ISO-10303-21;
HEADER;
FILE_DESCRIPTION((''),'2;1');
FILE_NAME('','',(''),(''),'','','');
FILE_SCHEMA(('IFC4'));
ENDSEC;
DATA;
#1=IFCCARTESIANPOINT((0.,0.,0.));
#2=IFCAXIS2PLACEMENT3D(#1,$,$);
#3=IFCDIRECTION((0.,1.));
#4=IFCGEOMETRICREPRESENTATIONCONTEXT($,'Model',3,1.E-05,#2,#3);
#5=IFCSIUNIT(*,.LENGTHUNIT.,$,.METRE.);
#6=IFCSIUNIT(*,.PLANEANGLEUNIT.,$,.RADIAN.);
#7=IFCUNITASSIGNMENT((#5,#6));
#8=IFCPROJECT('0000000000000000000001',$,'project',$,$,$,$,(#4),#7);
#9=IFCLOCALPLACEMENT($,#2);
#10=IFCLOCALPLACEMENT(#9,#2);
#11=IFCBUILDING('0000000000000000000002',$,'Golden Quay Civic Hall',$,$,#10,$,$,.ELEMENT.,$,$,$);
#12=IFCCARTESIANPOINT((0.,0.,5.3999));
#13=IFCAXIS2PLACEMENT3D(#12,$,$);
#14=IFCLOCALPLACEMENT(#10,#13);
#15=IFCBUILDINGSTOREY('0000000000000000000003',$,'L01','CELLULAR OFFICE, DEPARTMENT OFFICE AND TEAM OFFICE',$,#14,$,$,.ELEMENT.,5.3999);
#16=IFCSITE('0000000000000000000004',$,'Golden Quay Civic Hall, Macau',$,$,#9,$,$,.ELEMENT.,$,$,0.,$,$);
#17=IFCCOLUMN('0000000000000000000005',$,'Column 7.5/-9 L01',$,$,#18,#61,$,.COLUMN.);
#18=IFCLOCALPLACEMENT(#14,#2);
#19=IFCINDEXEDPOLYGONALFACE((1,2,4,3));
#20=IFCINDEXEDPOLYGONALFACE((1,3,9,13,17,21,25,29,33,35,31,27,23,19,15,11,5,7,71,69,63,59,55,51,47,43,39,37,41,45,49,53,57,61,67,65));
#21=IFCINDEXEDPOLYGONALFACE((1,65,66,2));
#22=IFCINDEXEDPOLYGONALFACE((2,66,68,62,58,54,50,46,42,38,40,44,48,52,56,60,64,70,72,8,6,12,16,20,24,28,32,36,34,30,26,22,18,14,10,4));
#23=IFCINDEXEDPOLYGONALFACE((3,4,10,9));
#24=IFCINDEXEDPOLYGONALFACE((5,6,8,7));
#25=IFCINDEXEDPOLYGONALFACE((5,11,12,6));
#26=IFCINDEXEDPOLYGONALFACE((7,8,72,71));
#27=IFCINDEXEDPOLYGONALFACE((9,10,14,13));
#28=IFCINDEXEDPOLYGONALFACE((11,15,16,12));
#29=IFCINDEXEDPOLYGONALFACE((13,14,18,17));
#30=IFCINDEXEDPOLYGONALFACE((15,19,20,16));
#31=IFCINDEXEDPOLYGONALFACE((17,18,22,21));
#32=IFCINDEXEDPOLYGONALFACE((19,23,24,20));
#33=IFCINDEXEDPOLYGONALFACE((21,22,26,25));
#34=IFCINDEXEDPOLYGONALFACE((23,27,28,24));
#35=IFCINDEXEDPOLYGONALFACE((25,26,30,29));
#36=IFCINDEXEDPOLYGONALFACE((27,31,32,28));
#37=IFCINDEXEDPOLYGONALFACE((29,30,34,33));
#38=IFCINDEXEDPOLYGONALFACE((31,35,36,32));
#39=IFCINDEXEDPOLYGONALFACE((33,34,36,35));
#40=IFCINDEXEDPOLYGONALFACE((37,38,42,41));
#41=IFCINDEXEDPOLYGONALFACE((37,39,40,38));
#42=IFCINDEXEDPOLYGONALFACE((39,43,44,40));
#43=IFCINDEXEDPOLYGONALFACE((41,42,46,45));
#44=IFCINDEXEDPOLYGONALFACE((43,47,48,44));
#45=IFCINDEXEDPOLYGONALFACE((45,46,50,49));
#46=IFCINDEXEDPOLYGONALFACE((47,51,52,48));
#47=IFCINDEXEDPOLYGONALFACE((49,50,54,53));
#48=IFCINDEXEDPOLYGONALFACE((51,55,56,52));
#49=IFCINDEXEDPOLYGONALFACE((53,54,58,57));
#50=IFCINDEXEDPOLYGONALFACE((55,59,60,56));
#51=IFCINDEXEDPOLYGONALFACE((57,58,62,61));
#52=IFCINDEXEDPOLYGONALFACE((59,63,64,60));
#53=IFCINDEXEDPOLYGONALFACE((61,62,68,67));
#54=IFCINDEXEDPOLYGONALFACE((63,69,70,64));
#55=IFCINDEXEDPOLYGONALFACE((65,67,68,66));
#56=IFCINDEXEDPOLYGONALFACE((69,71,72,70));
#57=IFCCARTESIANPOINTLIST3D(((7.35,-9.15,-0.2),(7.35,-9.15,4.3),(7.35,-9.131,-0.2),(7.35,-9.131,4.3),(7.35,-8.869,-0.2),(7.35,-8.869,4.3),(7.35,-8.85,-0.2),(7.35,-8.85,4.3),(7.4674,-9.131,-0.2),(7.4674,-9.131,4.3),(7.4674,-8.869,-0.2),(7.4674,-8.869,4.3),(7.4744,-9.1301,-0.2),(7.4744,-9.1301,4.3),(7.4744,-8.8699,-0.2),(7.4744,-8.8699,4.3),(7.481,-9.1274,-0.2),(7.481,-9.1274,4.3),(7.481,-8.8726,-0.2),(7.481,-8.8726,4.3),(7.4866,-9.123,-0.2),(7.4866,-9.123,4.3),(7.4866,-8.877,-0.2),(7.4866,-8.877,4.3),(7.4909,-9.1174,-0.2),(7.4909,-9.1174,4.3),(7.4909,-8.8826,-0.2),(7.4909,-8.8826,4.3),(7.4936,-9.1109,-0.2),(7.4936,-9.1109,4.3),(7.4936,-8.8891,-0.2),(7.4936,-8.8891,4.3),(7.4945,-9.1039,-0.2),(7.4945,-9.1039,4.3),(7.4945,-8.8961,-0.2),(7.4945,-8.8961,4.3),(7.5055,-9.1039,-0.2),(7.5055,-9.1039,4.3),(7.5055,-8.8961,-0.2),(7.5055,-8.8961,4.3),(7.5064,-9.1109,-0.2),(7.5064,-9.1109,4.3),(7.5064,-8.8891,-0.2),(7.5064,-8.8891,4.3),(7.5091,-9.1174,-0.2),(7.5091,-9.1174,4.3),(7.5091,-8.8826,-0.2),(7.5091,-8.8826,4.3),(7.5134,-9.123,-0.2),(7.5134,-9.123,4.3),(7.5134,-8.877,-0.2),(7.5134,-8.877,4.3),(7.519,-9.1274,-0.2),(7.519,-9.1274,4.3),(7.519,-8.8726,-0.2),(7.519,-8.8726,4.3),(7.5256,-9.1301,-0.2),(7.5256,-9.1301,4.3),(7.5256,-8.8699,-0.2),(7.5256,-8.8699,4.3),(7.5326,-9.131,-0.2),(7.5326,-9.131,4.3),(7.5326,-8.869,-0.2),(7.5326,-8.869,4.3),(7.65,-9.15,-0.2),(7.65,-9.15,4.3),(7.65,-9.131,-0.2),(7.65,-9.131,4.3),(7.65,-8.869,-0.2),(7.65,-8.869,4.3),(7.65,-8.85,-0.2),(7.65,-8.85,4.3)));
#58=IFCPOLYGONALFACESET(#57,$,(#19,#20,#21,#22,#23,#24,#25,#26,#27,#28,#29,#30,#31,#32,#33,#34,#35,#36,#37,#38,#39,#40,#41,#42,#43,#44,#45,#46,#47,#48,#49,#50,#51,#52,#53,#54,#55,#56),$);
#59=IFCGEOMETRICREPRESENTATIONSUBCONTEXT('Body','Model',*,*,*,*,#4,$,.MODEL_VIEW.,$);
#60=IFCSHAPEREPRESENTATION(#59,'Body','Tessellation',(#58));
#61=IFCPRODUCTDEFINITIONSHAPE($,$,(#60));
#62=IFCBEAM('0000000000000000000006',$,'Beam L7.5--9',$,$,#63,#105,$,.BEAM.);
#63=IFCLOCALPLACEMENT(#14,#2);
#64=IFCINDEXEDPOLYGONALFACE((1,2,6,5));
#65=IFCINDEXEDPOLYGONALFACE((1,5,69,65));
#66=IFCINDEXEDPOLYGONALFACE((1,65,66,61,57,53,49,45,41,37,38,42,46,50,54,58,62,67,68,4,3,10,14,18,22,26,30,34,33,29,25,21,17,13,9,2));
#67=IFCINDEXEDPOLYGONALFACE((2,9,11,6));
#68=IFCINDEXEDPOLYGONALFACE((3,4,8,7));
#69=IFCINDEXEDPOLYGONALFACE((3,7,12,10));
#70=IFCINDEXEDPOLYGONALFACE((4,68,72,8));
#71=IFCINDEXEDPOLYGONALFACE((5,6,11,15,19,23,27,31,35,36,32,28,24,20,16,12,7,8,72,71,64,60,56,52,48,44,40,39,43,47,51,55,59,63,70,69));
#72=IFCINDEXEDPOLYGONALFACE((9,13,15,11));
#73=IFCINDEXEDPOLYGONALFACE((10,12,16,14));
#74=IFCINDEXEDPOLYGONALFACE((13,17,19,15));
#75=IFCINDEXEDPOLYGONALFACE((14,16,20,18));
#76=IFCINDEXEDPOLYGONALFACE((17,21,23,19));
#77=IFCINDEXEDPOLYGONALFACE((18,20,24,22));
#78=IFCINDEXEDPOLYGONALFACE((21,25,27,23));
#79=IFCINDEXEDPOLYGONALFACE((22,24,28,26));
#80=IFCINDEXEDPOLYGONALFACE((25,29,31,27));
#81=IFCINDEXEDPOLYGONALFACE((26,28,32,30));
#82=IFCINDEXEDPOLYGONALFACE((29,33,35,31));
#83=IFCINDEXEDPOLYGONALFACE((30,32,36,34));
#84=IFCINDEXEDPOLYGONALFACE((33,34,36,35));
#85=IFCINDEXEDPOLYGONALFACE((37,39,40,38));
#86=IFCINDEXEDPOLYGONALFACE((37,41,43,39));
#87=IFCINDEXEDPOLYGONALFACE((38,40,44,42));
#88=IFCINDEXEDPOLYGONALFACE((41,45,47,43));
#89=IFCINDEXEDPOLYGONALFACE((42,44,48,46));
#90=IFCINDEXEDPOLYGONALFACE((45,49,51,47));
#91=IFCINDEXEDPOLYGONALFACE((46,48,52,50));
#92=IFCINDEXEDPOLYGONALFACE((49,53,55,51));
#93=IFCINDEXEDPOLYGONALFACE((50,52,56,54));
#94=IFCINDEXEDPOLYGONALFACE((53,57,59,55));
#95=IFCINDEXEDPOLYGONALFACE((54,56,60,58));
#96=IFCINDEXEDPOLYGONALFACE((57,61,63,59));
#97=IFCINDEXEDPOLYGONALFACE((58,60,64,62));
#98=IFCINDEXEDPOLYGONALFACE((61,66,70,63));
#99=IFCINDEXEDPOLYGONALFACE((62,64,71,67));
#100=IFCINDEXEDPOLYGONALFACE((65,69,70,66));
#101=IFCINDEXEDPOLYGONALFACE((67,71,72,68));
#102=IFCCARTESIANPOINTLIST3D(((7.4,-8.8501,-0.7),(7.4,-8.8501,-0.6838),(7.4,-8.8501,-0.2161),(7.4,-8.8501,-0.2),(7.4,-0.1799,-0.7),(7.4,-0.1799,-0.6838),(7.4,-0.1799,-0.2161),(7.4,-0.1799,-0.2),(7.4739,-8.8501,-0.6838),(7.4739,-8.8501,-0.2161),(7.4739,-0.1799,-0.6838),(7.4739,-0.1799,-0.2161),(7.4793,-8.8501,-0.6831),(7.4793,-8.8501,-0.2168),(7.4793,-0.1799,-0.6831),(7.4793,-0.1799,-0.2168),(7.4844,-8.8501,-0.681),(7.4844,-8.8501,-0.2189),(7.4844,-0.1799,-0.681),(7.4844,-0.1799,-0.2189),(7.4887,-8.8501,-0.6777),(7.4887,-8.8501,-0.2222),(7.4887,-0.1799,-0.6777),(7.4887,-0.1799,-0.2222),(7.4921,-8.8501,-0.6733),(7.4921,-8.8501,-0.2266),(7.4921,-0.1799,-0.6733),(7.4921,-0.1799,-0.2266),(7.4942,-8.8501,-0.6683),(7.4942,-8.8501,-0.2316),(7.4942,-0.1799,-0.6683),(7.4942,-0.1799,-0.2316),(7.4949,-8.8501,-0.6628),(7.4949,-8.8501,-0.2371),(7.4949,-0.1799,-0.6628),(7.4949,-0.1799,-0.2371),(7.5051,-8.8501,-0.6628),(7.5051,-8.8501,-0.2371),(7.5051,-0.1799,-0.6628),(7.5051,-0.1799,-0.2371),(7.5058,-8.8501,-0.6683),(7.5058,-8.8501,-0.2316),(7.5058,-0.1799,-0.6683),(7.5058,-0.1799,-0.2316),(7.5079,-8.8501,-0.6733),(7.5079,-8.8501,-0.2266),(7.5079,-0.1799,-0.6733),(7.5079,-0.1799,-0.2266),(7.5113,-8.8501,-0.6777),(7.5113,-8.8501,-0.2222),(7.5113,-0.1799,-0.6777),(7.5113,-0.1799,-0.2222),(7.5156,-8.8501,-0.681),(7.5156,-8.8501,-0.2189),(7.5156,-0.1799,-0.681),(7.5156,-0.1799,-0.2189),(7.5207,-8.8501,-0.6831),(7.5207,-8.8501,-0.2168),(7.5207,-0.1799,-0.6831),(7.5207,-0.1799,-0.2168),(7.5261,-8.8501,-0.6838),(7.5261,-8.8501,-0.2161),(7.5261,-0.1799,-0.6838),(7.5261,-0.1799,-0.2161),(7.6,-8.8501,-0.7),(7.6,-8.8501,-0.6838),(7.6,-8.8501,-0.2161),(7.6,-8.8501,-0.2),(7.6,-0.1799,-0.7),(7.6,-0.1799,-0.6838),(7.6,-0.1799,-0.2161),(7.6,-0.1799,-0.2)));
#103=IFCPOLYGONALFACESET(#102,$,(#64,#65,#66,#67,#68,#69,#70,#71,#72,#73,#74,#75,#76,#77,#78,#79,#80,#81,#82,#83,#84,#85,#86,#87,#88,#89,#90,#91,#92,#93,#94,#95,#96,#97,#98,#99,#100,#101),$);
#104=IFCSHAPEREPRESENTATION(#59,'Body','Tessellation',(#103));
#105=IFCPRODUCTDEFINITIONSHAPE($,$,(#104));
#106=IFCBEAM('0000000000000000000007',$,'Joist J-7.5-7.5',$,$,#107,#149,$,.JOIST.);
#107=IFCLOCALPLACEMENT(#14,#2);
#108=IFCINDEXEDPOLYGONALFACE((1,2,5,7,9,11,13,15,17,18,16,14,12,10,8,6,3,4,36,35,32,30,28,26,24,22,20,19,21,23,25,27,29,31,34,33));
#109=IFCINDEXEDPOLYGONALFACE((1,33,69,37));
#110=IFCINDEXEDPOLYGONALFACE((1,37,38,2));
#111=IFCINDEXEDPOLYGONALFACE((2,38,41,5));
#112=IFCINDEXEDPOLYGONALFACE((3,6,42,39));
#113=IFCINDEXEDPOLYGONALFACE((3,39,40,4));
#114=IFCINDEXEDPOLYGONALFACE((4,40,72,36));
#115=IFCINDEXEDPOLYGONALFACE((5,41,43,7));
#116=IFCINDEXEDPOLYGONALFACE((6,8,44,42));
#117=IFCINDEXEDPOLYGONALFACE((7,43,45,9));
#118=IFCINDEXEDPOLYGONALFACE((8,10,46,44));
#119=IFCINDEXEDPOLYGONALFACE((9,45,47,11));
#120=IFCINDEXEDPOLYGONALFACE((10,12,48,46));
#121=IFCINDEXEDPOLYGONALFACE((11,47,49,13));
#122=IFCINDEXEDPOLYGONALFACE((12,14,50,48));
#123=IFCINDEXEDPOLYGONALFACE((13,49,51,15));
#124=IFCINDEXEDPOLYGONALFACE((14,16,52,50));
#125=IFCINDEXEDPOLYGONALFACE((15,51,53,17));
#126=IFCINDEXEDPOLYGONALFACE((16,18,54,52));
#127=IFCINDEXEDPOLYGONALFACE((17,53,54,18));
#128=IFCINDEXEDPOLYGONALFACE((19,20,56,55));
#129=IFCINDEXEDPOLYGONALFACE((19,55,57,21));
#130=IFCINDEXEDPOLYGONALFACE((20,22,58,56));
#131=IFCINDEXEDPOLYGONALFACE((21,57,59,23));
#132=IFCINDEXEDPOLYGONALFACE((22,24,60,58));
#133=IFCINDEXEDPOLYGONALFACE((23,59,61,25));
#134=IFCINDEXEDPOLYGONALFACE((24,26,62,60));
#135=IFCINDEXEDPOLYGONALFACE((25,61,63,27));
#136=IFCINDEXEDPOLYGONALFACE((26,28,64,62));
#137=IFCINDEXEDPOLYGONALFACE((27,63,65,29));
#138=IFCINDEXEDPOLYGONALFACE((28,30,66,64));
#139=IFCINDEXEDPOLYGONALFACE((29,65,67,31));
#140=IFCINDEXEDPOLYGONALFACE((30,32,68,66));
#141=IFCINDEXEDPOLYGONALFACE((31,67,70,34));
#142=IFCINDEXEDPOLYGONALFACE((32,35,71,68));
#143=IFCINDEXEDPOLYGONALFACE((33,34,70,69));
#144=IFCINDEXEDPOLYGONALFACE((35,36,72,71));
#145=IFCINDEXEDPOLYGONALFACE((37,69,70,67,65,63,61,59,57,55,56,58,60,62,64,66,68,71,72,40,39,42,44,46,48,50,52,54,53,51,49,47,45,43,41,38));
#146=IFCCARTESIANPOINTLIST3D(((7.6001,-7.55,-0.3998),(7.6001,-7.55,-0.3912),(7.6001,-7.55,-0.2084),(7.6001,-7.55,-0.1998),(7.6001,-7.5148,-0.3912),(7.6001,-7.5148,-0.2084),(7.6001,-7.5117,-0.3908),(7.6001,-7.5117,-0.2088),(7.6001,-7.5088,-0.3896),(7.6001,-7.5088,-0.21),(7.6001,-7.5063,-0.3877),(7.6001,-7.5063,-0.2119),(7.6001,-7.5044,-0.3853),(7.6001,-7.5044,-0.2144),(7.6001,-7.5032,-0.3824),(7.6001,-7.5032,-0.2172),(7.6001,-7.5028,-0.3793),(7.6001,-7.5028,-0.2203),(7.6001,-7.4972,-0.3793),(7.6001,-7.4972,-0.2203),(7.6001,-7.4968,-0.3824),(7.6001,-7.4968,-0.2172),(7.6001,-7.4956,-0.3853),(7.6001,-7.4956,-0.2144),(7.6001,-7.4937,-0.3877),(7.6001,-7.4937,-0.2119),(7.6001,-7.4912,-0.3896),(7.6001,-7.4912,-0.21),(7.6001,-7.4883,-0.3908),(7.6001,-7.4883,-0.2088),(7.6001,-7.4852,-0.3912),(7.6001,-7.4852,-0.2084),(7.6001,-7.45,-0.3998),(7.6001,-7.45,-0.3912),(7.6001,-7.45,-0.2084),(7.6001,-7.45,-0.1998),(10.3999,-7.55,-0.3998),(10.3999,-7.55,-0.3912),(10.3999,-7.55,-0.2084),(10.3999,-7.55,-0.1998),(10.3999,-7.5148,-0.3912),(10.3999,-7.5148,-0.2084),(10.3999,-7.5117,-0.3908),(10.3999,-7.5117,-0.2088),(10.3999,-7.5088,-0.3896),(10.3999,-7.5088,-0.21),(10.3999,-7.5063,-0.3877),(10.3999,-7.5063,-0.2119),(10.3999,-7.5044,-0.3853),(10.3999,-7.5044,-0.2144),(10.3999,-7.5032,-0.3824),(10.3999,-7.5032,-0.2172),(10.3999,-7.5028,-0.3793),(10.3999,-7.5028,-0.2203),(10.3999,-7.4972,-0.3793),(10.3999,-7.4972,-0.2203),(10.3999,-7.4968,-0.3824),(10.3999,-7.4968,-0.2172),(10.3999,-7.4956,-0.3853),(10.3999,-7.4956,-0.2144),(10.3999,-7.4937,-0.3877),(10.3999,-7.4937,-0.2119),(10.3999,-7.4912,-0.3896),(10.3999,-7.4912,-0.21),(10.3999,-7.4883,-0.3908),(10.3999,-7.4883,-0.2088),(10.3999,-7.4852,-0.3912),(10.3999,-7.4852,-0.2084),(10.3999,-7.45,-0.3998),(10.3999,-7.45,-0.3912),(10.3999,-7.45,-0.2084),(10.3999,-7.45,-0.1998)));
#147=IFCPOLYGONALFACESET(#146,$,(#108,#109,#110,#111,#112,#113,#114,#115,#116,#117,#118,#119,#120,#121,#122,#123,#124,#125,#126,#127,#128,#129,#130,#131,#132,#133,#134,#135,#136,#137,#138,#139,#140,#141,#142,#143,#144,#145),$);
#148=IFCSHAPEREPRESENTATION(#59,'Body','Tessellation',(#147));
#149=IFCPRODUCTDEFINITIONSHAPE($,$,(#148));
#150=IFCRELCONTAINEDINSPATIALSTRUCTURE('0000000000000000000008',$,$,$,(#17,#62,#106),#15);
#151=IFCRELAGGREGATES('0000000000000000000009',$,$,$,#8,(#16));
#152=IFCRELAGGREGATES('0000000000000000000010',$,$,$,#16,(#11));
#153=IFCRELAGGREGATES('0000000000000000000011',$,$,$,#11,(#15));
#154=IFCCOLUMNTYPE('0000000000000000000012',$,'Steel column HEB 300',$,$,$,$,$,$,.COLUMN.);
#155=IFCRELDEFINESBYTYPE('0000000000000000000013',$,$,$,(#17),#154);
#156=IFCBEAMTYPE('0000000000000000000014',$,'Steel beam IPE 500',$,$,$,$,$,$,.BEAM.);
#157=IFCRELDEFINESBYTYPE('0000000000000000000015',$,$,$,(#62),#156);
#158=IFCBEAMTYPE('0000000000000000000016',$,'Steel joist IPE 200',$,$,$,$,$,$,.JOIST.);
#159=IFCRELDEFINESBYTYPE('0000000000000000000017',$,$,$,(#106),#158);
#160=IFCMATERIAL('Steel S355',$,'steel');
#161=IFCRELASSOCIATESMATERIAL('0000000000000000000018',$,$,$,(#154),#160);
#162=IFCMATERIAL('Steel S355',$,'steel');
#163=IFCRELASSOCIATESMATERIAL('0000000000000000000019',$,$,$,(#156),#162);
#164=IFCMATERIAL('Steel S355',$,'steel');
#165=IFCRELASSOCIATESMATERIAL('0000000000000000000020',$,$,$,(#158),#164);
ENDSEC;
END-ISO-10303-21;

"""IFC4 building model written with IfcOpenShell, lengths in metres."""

from ifc_helpers import new_model, si_unit, direction, frame, origin, origin_2d, place, context, subcontext, project, spatial, i_section, extrude, material, material_profile, profile_set, type_object, element, save


model = new_model("IFC4")

# Units and contexts
model_context = context("Model", 3, precision=1e-05, world=origin(), true_north=direction((0.0, 1.0)))
body_context = subcontext(model_context, "Body", "Model", "MODEL_VIEW")
ifc_project = project(units=[si_unit("LENGTHUNIT", "METRE"), si_unit("PLANEANGLEUNIT", "RADIAN")], contexts=[model_context])

# Site, building, storey
site_placement = place(None, origin())
site = spatial("IfcSite", under=ifc_project, at=site_placement, Name="Golden Quay Civic Hall, Macau", CompositionType="ELEMENT", RefElevation=0.0)
building_placement = place(site_placement, origin())
building = spatial("IfcBuilding", under=site, at=building_placement, Name="Golden Quay Civic Hall", CompositionType="ELEMENT")
storey_placement = place(building_placement, frame((0.0, 0.0, 5.3999)))
storey = spatial("IfcBuildingStorey", under=building, at=storey_placement, Name="L01", Description="CELLULAR OFFICE, DEPARTMENT OFFICE AND TEAM OFFICE", CompositionType="ELEMENT", Elevation=5.3999)

# Column
ifc_material_1 = material(Name="Steel S355", Category="steel")
ifc_material_profile_1 = material_profile(ifc_material_1, i_section(OverallWidth=0.3, OverallDepth=0.3, WebThickness=0.011, FlangeThickness=0.019, FilletRadius=0.0271, at=origin_2d()), Name="HEB 300")
ifc_profile_set_1 = profile_set([ifc_material_profile_1], Name="Steel S355")
column_type = type_object("IfcColumnType", Name="Steel column HEB 300", PredefinedType="COLUMN", material=ifc_profile_set_1)
column_placement = place(storey_placement, frame((7.5, -9.0, -0.2), z_axis=(0.0, 0.0, 1.0), x_axis=(1.0, 0.0, 0.0)))
element("IfcColumn", 1, at=column_placement, inside=storey, type_object=column_type, Name="Column 7.5/-9 L01", PredefinedType="COLUMN", context=body_context, shape_type="SweptSolid", body=[
    extrude(i_section(OverallWidth=0.3, OverallDepth=0.3, WebThickness=0.011, FlangeThickness=0.019, FilletRadius=0.0271, at=origin_2d()), origin(), (0.0, 0.0, 1.0), 4.5),
])

# Beams
ifc_material_2 = material(Name="Steel S355", Category="steel")
ifc_material_profile_2 = material_profile(ifc_material_2, i_section(OverallWidth=0.2, OverallDepth=0.5, WebThickness=0.0103, FlangeThickness=0.0161, FilletRadius=0.021, at=origin_2d()), Name="IPE 500")
ifc_profile_set_2 = profile_set([ifc_material_profile_2], Name="Steel S355")
beam_type_1 = type_object("IfcBeamType", Name="Steel beam IPE 500", PredefinedType="BEAM", material=ifc_profile_set_2)
beam_1_placement = place(storey_placement, frame((7.5, -8.8501, -0.45), z_axis=(0.0, 1.0, 0.0), x_axis=(-1.0, 0.0, 0.0)))
element("IfcBeam", 2, at=beam_1_placement, inside=storey, type_object=beam_type_1, Name="Beam L7.5--9", PredefinedType="BEAM", context=body_context, shape_type="SweptSolid", body=[
    extrude(i_section(OverallWidth=0.2, OverallDepth=0.5, WebThickness=0.0103, FlangeThickness=0.0161, FilletRadius=0.021, at=origin_2d()), origin(), (0.0, 0.0, 1.0), 8.6702),
])
ifc_material_3 = material(Name="Steel S355", Category="steel")
ifc_material_profile_3 = material_profile(ifc_material_3, i_section(OverallWidth=0.1001, OverallDepth=0.2, WebThickness=0.0056, FlangeThickness=0.0085, FilletRadius=0.012, at=origin_2d()), Name="IPE 200")
ifc_profile_set_3 = profile_set([ifc_material_profile_3], Name="Steel S355")
beam_type_2 = type_object("IfcBeamType", Name="Steel joist IPE 200", PredefinedType="JOIST", material=ifc_profile_set_3)
beam_2_placement = place(storey_placement, frame((7.6001, -7.5, -0.2998), z_axis=(1.0, 0.0, 0.0), x_axis=(0.0, 1.0, 0.0)))
element("IfcBeam", 3, at=beam_2_placement, inside=storey, type_object=beam_type_2, Name="Joist J-7.5-7.5", PredefinedType="JOIST", context=body_context, shape_type="SweptSolid", body=[
    extrude(i_section(OverallWidth=0.1001, OverallDepth=0.2, WebThickness=0.0056, FlangeThickness=0.0085, FilletRadius=0.012, at=origin_2d()), origin(), (0.0, 0.0, 1.0), 2.7998),
])

save(model, "model.ifc")
